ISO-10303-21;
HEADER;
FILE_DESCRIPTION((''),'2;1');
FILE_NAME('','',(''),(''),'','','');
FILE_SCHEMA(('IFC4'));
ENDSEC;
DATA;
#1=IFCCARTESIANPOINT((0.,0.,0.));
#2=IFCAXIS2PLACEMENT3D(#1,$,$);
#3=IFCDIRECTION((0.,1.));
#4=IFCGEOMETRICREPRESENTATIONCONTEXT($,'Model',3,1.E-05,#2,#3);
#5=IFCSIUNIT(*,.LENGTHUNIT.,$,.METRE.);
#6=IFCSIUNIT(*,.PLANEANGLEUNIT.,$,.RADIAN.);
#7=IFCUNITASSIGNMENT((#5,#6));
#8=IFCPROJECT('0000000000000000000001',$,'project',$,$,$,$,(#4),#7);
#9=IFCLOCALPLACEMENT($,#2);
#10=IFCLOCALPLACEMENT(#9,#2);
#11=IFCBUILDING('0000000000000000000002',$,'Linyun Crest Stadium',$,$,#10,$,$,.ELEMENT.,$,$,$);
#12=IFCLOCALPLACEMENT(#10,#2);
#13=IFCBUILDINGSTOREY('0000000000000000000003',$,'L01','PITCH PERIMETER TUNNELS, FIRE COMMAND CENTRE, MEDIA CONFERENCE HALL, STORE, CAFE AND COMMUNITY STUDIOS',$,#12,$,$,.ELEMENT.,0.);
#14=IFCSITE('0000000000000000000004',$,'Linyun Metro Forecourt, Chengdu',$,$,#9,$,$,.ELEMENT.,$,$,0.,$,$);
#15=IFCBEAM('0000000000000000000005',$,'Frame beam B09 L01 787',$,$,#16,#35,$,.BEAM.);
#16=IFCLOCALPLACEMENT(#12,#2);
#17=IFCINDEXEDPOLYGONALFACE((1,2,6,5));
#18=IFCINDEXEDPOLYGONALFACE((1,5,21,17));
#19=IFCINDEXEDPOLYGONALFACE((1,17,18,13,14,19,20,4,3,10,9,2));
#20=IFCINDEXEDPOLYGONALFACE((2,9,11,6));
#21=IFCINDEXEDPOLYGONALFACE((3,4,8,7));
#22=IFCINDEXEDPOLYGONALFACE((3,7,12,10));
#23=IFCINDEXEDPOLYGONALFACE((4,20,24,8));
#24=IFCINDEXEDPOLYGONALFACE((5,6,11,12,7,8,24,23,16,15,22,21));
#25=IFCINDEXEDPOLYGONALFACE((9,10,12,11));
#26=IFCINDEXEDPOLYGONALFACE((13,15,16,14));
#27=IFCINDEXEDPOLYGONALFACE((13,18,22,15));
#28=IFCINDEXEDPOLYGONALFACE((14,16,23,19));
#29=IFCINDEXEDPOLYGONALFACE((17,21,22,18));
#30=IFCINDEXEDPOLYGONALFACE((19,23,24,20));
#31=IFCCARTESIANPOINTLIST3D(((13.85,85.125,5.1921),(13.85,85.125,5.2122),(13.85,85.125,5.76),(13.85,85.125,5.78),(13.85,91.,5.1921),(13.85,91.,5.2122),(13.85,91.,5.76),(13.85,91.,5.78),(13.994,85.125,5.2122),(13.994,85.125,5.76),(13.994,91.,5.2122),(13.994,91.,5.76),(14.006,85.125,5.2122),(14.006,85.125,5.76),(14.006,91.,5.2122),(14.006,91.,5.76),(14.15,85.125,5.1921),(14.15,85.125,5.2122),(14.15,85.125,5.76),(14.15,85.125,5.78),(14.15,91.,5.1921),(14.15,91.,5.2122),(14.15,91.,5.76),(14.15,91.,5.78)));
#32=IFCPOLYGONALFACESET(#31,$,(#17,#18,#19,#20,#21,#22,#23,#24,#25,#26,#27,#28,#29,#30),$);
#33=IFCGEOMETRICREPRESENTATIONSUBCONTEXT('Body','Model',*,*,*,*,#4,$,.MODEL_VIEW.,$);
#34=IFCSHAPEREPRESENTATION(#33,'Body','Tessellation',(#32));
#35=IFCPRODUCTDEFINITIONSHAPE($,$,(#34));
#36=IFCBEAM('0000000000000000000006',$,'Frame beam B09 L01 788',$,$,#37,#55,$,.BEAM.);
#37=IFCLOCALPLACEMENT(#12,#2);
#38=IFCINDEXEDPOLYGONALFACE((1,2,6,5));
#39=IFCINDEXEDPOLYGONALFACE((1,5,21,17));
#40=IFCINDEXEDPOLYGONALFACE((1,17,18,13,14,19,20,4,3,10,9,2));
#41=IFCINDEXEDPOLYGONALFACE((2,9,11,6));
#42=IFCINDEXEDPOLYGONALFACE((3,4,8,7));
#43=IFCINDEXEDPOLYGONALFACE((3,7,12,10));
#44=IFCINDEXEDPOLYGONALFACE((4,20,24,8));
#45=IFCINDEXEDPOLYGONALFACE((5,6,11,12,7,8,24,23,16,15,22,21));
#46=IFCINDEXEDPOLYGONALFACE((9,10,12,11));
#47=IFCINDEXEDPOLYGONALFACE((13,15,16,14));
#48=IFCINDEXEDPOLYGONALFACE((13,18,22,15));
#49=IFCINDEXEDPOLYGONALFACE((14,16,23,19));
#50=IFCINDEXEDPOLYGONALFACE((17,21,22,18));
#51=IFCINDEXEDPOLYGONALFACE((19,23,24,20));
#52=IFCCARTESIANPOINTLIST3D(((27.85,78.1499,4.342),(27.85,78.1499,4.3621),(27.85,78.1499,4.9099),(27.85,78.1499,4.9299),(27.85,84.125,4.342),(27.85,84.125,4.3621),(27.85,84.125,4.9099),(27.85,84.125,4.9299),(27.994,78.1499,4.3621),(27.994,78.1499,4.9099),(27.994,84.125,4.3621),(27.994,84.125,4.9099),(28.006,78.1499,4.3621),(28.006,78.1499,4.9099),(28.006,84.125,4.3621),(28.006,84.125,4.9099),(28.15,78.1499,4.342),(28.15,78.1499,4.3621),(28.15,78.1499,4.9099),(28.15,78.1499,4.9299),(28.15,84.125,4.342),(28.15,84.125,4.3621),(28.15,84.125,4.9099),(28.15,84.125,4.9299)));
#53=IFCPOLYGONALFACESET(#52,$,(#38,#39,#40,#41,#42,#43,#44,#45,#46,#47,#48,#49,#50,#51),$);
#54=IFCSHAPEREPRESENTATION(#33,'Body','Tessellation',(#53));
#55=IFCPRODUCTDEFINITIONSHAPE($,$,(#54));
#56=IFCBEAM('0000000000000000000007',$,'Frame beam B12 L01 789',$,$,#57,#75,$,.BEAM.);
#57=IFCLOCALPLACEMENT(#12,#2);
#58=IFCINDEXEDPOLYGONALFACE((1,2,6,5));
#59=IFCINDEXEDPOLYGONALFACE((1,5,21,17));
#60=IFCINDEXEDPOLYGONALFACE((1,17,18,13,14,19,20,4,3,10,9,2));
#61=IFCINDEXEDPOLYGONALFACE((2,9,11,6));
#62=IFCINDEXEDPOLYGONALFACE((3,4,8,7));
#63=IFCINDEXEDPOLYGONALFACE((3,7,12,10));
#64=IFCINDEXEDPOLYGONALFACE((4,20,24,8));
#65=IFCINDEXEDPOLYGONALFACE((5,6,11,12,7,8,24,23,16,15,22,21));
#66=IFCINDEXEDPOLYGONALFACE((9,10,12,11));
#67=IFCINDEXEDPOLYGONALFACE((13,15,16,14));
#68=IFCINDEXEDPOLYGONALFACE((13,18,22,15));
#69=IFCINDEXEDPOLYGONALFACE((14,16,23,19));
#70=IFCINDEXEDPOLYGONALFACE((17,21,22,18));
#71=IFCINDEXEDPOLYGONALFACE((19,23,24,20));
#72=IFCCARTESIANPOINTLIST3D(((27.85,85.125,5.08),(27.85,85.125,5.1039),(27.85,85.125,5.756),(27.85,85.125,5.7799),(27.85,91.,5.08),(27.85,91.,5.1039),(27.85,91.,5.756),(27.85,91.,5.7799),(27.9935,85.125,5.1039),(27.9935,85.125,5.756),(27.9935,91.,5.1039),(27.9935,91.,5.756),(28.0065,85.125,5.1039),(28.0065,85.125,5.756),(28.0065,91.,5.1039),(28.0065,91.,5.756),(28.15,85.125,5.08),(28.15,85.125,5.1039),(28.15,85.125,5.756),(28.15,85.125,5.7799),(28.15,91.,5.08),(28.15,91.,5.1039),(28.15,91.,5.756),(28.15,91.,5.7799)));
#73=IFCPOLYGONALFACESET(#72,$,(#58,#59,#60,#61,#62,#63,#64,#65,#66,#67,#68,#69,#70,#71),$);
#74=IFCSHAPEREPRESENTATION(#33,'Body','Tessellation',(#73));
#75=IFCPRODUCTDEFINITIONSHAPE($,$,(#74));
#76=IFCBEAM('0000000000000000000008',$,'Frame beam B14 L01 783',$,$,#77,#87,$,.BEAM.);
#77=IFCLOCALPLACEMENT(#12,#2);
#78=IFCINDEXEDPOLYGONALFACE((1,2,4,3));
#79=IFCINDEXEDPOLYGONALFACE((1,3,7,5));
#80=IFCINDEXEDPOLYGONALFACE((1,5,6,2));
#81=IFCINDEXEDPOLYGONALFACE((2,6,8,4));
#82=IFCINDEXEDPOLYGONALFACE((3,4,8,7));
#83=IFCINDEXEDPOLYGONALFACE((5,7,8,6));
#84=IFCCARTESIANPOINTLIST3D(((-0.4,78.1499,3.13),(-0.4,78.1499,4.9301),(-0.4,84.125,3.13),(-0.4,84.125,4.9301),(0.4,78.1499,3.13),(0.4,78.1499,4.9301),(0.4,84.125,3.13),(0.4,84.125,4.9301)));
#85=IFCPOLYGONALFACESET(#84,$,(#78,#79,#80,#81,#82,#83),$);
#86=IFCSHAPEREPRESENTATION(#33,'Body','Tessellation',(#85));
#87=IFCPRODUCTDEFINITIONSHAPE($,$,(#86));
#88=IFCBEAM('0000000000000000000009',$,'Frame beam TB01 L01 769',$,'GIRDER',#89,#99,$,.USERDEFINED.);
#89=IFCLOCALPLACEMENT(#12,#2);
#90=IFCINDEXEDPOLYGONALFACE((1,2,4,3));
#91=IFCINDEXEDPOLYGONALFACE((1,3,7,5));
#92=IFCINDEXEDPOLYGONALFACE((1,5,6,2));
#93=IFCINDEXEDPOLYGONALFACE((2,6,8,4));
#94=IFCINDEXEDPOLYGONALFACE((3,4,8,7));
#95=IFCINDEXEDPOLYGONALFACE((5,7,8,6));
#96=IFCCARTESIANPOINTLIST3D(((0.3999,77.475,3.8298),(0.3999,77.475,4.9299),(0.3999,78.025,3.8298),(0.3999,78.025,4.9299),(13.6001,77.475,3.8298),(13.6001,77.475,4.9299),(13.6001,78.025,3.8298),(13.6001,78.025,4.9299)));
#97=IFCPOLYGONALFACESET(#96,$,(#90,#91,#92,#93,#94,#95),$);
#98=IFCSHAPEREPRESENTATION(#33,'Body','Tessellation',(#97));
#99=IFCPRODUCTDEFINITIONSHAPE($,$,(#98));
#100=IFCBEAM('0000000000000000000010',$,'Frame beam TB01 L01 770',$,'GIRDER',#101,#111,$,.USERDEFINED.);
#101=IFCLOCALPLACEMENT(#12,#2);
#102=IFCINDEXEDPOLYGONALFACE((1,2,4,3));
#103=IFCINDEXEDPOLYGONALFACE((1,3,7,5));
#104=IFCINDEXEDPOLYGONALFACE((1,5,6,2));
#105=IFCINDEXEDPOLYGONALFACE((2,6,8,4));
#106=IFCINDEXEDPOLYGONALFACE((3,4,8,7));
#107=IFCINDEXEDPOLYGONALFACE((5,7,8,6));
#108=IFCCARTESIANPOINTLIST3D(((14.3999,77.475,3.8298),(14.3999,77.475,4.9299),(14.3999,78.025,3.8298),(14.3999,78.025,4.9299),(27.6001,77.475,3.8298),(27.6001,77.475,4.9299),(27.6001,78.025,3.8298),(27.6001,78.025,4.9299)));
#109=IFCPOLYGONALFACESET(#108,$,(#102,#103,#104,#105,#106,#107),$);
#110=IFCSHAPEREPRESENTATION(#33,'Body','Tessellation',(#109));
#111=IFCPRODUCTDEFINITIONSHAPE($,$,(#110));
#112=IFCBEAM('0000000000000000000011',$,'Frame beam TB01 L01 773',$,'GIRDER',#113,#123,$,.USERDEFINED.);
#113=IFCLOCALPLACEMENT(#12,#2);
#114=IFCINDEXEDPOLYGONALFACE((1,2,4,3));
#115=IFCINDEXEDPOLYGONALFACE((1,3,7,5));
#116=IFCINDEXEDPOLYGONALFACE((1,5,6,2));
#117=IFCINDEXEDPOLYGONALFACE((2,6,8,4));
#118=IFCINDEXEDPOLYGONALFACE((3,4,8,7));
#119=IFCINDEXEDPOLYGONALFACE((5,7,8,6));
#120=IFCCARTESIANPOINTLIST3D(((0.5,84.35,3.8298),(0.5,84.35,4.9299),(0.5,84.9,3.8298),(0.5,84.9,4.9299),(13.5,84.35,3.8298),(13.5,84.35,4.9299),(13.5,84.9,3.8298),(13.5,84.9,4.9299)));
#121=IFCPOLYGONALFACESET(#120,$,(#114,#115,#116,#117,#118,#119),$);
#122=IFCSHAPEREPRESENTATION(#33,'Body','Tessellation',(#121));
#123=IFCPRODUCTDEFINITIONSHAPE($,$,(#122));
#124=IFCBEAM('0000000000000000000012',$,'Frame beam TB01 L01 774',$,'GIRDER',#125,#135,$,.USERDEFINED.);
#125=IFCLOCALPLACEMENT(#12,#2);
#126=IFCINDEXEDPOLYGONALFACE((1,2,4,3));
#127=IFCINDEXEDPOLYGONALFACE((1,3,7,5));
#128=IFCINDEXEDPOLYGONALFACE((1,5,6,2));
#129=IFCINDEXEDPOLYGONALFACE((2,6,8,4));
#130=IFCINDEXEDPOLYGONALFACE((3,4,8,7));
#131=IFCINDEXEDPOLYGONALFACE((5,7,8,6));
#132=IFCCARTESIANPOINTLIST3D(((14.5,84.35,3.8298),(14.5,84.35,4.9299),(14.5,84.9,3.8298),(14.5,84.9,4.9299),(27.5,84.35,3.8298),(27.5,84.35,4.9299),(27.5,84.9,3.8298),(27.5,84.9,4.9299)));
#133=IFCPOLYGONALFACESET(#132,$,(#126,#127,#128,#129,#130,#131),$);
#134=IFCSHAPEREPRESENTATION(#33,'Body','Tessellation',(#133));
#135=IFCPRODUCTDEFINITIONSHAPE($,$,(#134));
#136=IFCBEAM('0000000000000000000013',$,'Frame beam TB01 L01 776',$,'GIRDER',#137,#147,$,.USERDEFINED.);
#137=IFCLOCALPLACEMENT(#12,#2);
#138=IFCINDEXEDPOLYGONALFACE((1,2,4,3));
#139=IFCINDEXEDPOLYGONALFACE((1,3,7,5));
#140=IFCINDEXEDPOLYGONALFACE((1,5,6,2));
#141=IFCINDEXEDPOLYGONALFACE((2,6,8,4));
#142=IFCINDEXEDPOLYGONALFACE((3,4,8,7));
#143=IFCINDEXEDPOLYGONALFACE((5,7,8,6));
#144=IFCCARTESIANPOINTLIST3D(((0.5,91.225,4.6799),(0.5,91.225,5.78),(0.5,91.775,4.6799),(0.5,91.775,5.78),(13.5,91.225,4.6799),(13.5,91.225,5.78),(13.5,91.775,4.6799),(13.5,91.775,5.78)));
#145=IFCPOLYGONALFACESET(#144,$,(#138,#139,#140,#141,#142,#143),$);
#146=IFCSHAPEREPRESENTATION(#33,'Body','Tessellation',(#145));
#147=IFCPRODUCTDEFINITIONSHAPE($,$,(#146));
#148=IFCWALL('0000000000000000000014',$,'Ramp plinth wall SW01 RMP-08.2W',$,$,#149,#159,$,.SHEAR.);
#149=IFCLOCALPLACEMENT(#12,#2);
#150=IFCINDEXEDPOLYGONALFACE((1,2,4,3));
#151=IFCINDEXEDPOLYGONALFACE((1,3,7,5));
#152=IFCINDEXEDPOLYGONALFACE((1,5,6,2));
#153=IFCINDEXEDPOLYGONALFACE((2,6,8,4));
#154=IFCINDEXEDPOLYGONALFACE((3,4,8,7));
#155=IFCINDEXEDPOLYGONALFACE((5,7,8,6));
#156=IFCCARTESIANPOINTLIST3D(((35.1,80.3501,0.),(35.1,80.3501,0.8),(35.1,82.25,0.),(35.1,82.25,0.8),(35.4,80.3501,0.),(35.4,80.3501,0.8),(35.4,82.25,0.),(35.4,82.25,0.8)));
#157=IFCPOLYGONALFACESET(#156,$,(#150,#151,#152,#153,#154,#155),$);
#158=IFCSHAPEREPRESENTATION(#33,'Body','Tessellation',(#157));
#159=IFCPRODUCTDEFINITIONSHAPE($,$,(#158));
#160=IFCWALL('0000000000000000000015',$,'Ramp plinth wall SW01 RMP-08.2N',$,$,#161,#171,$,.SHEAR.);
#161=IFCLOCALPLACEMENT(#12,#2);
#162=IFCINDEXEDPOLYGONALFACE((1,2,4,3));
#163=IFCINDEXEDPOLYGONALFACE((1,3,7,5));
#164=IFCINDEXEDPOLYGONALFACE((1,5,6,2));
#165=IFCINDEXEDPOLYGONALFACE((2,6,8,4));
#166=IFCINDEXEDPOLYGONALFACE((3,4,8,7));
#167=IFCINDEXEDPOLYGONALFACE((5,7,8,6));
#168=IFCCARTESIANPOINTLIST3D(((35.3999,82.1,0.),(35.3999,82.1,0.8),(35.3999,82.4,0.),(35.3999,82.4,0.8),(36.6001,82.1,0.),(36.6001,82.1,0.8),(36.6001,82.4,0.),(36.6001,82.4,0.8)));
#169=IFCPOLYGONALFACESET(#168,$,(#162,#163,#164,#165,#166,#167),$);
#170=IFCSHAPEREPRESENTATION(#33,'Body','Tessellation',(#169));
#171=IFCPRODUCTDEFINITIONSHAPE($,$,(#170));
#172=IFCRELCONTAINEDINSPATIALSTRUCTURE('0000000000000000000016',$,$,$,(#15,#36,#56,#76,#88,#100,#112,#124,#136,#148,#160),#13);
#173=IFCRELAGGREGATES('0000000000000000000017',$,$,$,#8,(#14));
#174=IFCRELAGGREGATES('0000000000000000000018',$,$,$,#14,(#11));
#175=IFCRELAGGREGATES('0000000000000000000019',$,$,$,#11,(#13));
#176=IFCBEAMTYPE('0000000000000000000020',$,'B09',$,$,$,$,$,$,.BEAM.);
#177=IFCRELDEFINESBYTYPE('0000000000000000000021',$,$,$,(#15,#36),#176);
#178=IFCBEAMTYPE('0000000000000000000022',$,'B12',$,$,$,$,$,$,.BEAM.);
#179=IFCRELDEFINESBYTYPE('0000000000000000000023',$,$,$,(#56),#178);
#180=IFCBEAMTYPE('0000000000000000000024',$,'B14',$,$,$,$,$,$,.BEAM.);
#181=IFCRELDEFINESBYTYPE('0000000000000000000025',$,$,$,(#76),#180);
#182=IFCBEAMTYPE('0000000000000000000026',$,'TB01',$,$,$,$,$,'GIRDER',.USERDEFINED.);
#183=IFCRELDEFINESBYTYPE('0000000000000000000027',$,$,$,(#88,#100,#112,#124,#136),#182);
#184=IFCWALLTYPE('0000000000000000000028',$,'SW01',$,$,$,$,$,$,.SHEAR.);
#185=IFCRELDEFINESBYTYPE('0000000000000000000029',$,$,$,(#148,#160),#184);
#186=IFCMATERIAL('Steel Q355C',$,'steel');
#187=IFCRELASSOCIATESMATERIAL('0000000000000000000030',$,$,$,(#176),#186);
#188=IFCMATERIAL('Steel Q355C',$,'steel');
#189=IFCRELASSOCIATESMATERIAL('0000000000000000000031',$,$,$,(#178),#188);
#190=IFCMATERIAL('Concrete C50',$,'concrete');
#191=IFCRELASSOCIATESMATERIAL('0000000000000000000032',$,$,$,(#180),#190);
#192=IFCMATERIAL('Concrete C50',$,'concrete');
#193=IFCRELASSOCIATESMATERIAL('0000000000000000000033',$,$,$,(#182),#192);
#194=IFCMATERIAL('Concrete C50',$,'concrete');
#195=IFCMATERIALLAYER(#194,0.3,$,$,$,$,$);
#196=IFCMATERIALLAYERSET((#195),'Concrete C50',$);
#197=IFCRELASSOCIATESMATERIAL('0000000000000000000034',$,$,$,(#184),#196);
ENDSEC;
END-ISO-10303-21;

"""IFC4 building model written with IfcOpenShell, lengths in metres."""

from ifc_helpers import new_model, si_unit, direction, frame, frame_2d, origin, origin_2d, place, context, subcontext, project, spatial, rectangle, i_section, extrude, material, layer, layer_set, material_profile, profile_set, type_object, element, save


model = new_model("IFC4")

# Units and contexts
model_context = context("Model", 3, precision=1e-05, world=origin(), true_north=direction((0.0, 1.0)))
body_context = subcontext(model_context, "Body", "Model", "MODEL_VIEW")
ifc_project = project(units=[si_unit("LENGTHUNIT", "METRE"), si_unit("PLANEANGLEUNIT", "RADIAN")], contexts=[model_context])

# Site, building, storey
site_placement = place(None, origin())
site = spatial("IfcSite", under=ifc_project, at=site_placement, Name="Linyun Metro Forecourt, Chengdu", CompositionType="ELEMENT", RefElevation=0.0)
building_placement = place(site_placement, origin())
building = spatial("IfcBuilding", under=site, at=building_placement, Name="Linyun Crest Stadium", CompositionType="ELEMENT")
storey_placement = place(building_placement, origin())
storey = spatial("IfcBuildingStorey", under=building, at=storey_placement, Name="L01", Description="PITCH PERIMETER TUNNELS, FIRE COMMAND CENTRE, MEDIA CONFERENCE HALL, STORE, CAFE AND COMMUNITY STUDIOS", CompositionType="ELEMENT", Elevation=0.0)

# Beams
ifc_material_1 = material(Name="Steel Q355C", Category="steel")
ifc_material_profile_1 = material_profile(ifc_material_1, i_section(OverallWidth=0.3, OverallDepth=0.5879, WebThickness=0.012, FlangeThickness=0.02, at=origin_2d()), Name="HM 588x300")
ifc_profile_set_1 = profile_set([ifc_material_profile_1], Name="Steel Q355C")
beam_type_1 = type_object("IfcBeamType", Name="B09", PredefinedType="BEAM", material=ifc_profile_set_1)
beam_1_placement = place(storey_placement, frame((14.0, 85.125, 5.4861), z_axis=(0.0, 1.0, 0.0), x_axis=(-1.0, 0.0, 0.0)))
element("IfcBeam", 1, at=beam_1_placement, inside=storey, type_object=beam_type_1, Name="Frame beam B09 L01 787", PredefinedType="BEAM", context=body_context, shape_type="SweptSolid", body=[
    extrude(i_section(OverallWidth=0.3, OverallDepth=0.5879, WebThickness=0.012, FlangeThickness=0.02, at=origin_2d()), origin(), (0.0, 0.0, 1.0), 5.875),
])
beam_2_placement = place(storey_placement, frame((28.0, 78.1499, 4.636), z_axis=(0.0, 1.0, 0.0), x_axis=(-1.0, 0.0, 0.0)))
element("IfcBeam", 2, at=beam_2_placement, inside=storey, type_object=beam_type_1, Name="Frame beam B09 L01 788", PredefinedType="BEAM", context=body_context, shape_type="SweptSolid", body=[
    extrude(i_section(OverallWidth=0.3, OverallDepth=0.5879, WebThickness=0.012, FlangeThickness=0.02, at=origin_2d()), origin(), (0.0, 0.0, 1.0), 5.9751),
])
ifc_material_2 = material(Name="Steel Q355C", Category="steel")
ifc_material_profile_2 = material_profile(ifc_material_2, i_section(OverallWidth=0.3, OverallDepth=0.7, WebThickness=0.0129, FlangeThickness=0.0239, at=origin_2d()), Name="HN 700x300")
ifc_profile_set_2 = profile_set([ifc_material_profile_2], Name="Steel Q355C")
beam_type_2 = type_object("IfcBeamType", Name="B12", PredefinedType="BEAM", material=ifc_profile_set_2)
beam_3_placement = place(storey_placement, frame((28.0, 85.125, 5.4299), z_axis=(0.0, 1.0, 0.0), x_axis=(-1.0, 0.0, 0.0)))
element("IfcBeam", 3, at=beam_3_placement, inside=storey, type_object=beam_type_2, Name="Frame beam B12 L01 789", PredefinedType="BEAM", context=body_context, shape_type="SweptSolid", body=[
    extrude(i_section(OverallWidth=0.3, OverallDepth=0.7, WebThickness=0.0129, FlangeThickness=0.0239, at=origin_2d()), origin(), (0.0, 0.0, 1.0), 5.875),
])
ifc_material_3 = material(Name="Concrete C50", Category="concrete")
ifc_material_profile_3 = material_profile(ifc_material_3, rectangle(XDim=0.8, YDim=1.8, at=origin_2d()), Name="RCB 1800x800")
ifc_profile_set_3 = profile_set([ifc_material_profile_3], Name="Concrete C50")
beam_type_3 = type_object("IfcBeamType", Name="B14", PredefinedType="BEAM", material=ifc_profile_set_3)
beam_4_placement = place(storey_placement, frame((0.0, 78.1499, 4.03), z_axis=(0.0, 1.0, 0.0), x_axis=(-1.0, 0.0, 0.0)))
element("IfcBeam", 4, at=beam_4_placement, inside=storey, type_object=beam_type_3, Name="Frame beam B14 L01 783", PredefinedType="BEAM", context=body_context, shape_type="SweptSolid", body=[
    extrude(rectangle(XDim=0.8, YDim=1.8, at=origin_2d()), origin(), (0.0, 0.0, 1.0), 5.9751),
])
ifc_material_4 = material(Name="Concrete C50", Category="concrete")
ifc_material_profile_4 = material_profile(ifc_material_4, rectangle(XDim=0.55, YDim=1.1001, at=origin_2d()), Name="RCB 1100x550")
ifc_profile_set_4 = profile_set([ifc_material_profile_4], Name="Concrete C50")
beam_type_4 = type_object("IfcBeamType", Name="TB01", ElementType="GIRDER", PredefinedType="USERDEFINED", material=ifc_profile_set_4)
for number, where, z_axis, x_axis, name in (
    (5, (0.3999, 77.75, 4.3799), (1.0, 0.0, 0.0), (0.0, 1.0, 0.0), "Frame beam TB01 L01 769"),
    (6, (14.3999, 77.75, 4.3799), (1.0, 0.0, 0.0), (0.0, 1.0, 0.0), "Frame beam TB01 L01 770"),
):
    element("IfcBeam", number, at=place(storey_placement, frame(where, z_axis=z_axis, x_axis=x_axis)), inside=storey, type_object=beam_type_4, Name=name, ObjectType="GIRDER", PredefinedType="USERDEFINED", context=body_context, shape_type="SweptSolid", body=[
        extrude(rectangle(XDim=0.55, YDim=1.1001, at=origin_2d()), origin(), (0.0, 0.0, 1.0), 13.2002),
    ])
for number, where, z_axis, x_axis, name in (
    (7, (0.5, 84.625, 4.3799), (1.0, 0.0, 0.0), (0.0, 1.0, 0.0), "Frame beam TB01 L01 773"),
    (8, (14.5, 84.625, 4.3799), (1.0, 0.0, 0.0), (0.0, 1.0, 0.0), "Frame beam TB01 L01 774"),
    (9, (0.5, 91.5, 5.23), (1.0, 0.0, 0.0), (0.0, 1.0, 0.0), "Frame beam TB01 L01 776"),
):
    element("IfcBeam", number, at=place(storey_placement, frame(where, z_axis=z_axis, x_axis=x_axis)), inside=storey, type_object=beam_type_4, Name=name, ObjectType="GIRDER", PredefinedType="USERDEFINED", context=body_context, shape_type="SweptSolid", body=[
        extrude(rectangle(XDim=0.55, YDim=1.1001, at=origin_2d()), origin(), (0.0, 0.0, 1.0), 13.0),
    ])

# Walls
ifc_material_5 = material(Name="Concrete C50", Category="concrete")
ifc_layer = layer(ifc_material_5, 0.3)
ifc_layer_set = layer_set([ifc_layer], Name="Concrete C50")
wall_type = type_object("IfcWallType", Name="SW01", PredefinedType="SHEAR", material=ifc_layer_set)
wall_1_placement = place(storey_placement, frame((35.25, 80.3501, 0.0), z_axis=(0.0, 0.0, 1.0), x_axis=(0.0, 1.0, 0.0)))
element("IfcWall", 10, at=wall_1_placement, inside=storey, type_object=wall_type, Name="Ramp plinth wall SW01 RMP-08.2W", PredefinedType="SHEAR", context=body_context, shape_type="SweptSolid", body=[
    extrude(rectangle(XDim=1.8999, YDim=0.3, at=frame_2d((0.95, 0.0))), origin(), (0.0, 0.0, 1.0), 0.8),
])
wall_2_placement = place(storey_placement, frame((35.3999, 82.25, 0.0), z_axis=(0.0, 0.0, 1.0), x_axis=(1.0, 0.0, 0.0)))
element("IfcWall", 11, at=wall_2_placement, inside=storey, type_object=wall_type, Name="Ramp plinth wall SW01 RMP-08.2N", PredefinedType="SHEAR", context=body_context, shape_type="SweptSolid", body=[
    extrude(rectangle(XDim=1.2002, YDim=0.3, at=frame_2d((0.6001, 0.0))), origin(), (0.0, 0.0, 1.0), 0.8),
])

save(model, "model.ifc")
